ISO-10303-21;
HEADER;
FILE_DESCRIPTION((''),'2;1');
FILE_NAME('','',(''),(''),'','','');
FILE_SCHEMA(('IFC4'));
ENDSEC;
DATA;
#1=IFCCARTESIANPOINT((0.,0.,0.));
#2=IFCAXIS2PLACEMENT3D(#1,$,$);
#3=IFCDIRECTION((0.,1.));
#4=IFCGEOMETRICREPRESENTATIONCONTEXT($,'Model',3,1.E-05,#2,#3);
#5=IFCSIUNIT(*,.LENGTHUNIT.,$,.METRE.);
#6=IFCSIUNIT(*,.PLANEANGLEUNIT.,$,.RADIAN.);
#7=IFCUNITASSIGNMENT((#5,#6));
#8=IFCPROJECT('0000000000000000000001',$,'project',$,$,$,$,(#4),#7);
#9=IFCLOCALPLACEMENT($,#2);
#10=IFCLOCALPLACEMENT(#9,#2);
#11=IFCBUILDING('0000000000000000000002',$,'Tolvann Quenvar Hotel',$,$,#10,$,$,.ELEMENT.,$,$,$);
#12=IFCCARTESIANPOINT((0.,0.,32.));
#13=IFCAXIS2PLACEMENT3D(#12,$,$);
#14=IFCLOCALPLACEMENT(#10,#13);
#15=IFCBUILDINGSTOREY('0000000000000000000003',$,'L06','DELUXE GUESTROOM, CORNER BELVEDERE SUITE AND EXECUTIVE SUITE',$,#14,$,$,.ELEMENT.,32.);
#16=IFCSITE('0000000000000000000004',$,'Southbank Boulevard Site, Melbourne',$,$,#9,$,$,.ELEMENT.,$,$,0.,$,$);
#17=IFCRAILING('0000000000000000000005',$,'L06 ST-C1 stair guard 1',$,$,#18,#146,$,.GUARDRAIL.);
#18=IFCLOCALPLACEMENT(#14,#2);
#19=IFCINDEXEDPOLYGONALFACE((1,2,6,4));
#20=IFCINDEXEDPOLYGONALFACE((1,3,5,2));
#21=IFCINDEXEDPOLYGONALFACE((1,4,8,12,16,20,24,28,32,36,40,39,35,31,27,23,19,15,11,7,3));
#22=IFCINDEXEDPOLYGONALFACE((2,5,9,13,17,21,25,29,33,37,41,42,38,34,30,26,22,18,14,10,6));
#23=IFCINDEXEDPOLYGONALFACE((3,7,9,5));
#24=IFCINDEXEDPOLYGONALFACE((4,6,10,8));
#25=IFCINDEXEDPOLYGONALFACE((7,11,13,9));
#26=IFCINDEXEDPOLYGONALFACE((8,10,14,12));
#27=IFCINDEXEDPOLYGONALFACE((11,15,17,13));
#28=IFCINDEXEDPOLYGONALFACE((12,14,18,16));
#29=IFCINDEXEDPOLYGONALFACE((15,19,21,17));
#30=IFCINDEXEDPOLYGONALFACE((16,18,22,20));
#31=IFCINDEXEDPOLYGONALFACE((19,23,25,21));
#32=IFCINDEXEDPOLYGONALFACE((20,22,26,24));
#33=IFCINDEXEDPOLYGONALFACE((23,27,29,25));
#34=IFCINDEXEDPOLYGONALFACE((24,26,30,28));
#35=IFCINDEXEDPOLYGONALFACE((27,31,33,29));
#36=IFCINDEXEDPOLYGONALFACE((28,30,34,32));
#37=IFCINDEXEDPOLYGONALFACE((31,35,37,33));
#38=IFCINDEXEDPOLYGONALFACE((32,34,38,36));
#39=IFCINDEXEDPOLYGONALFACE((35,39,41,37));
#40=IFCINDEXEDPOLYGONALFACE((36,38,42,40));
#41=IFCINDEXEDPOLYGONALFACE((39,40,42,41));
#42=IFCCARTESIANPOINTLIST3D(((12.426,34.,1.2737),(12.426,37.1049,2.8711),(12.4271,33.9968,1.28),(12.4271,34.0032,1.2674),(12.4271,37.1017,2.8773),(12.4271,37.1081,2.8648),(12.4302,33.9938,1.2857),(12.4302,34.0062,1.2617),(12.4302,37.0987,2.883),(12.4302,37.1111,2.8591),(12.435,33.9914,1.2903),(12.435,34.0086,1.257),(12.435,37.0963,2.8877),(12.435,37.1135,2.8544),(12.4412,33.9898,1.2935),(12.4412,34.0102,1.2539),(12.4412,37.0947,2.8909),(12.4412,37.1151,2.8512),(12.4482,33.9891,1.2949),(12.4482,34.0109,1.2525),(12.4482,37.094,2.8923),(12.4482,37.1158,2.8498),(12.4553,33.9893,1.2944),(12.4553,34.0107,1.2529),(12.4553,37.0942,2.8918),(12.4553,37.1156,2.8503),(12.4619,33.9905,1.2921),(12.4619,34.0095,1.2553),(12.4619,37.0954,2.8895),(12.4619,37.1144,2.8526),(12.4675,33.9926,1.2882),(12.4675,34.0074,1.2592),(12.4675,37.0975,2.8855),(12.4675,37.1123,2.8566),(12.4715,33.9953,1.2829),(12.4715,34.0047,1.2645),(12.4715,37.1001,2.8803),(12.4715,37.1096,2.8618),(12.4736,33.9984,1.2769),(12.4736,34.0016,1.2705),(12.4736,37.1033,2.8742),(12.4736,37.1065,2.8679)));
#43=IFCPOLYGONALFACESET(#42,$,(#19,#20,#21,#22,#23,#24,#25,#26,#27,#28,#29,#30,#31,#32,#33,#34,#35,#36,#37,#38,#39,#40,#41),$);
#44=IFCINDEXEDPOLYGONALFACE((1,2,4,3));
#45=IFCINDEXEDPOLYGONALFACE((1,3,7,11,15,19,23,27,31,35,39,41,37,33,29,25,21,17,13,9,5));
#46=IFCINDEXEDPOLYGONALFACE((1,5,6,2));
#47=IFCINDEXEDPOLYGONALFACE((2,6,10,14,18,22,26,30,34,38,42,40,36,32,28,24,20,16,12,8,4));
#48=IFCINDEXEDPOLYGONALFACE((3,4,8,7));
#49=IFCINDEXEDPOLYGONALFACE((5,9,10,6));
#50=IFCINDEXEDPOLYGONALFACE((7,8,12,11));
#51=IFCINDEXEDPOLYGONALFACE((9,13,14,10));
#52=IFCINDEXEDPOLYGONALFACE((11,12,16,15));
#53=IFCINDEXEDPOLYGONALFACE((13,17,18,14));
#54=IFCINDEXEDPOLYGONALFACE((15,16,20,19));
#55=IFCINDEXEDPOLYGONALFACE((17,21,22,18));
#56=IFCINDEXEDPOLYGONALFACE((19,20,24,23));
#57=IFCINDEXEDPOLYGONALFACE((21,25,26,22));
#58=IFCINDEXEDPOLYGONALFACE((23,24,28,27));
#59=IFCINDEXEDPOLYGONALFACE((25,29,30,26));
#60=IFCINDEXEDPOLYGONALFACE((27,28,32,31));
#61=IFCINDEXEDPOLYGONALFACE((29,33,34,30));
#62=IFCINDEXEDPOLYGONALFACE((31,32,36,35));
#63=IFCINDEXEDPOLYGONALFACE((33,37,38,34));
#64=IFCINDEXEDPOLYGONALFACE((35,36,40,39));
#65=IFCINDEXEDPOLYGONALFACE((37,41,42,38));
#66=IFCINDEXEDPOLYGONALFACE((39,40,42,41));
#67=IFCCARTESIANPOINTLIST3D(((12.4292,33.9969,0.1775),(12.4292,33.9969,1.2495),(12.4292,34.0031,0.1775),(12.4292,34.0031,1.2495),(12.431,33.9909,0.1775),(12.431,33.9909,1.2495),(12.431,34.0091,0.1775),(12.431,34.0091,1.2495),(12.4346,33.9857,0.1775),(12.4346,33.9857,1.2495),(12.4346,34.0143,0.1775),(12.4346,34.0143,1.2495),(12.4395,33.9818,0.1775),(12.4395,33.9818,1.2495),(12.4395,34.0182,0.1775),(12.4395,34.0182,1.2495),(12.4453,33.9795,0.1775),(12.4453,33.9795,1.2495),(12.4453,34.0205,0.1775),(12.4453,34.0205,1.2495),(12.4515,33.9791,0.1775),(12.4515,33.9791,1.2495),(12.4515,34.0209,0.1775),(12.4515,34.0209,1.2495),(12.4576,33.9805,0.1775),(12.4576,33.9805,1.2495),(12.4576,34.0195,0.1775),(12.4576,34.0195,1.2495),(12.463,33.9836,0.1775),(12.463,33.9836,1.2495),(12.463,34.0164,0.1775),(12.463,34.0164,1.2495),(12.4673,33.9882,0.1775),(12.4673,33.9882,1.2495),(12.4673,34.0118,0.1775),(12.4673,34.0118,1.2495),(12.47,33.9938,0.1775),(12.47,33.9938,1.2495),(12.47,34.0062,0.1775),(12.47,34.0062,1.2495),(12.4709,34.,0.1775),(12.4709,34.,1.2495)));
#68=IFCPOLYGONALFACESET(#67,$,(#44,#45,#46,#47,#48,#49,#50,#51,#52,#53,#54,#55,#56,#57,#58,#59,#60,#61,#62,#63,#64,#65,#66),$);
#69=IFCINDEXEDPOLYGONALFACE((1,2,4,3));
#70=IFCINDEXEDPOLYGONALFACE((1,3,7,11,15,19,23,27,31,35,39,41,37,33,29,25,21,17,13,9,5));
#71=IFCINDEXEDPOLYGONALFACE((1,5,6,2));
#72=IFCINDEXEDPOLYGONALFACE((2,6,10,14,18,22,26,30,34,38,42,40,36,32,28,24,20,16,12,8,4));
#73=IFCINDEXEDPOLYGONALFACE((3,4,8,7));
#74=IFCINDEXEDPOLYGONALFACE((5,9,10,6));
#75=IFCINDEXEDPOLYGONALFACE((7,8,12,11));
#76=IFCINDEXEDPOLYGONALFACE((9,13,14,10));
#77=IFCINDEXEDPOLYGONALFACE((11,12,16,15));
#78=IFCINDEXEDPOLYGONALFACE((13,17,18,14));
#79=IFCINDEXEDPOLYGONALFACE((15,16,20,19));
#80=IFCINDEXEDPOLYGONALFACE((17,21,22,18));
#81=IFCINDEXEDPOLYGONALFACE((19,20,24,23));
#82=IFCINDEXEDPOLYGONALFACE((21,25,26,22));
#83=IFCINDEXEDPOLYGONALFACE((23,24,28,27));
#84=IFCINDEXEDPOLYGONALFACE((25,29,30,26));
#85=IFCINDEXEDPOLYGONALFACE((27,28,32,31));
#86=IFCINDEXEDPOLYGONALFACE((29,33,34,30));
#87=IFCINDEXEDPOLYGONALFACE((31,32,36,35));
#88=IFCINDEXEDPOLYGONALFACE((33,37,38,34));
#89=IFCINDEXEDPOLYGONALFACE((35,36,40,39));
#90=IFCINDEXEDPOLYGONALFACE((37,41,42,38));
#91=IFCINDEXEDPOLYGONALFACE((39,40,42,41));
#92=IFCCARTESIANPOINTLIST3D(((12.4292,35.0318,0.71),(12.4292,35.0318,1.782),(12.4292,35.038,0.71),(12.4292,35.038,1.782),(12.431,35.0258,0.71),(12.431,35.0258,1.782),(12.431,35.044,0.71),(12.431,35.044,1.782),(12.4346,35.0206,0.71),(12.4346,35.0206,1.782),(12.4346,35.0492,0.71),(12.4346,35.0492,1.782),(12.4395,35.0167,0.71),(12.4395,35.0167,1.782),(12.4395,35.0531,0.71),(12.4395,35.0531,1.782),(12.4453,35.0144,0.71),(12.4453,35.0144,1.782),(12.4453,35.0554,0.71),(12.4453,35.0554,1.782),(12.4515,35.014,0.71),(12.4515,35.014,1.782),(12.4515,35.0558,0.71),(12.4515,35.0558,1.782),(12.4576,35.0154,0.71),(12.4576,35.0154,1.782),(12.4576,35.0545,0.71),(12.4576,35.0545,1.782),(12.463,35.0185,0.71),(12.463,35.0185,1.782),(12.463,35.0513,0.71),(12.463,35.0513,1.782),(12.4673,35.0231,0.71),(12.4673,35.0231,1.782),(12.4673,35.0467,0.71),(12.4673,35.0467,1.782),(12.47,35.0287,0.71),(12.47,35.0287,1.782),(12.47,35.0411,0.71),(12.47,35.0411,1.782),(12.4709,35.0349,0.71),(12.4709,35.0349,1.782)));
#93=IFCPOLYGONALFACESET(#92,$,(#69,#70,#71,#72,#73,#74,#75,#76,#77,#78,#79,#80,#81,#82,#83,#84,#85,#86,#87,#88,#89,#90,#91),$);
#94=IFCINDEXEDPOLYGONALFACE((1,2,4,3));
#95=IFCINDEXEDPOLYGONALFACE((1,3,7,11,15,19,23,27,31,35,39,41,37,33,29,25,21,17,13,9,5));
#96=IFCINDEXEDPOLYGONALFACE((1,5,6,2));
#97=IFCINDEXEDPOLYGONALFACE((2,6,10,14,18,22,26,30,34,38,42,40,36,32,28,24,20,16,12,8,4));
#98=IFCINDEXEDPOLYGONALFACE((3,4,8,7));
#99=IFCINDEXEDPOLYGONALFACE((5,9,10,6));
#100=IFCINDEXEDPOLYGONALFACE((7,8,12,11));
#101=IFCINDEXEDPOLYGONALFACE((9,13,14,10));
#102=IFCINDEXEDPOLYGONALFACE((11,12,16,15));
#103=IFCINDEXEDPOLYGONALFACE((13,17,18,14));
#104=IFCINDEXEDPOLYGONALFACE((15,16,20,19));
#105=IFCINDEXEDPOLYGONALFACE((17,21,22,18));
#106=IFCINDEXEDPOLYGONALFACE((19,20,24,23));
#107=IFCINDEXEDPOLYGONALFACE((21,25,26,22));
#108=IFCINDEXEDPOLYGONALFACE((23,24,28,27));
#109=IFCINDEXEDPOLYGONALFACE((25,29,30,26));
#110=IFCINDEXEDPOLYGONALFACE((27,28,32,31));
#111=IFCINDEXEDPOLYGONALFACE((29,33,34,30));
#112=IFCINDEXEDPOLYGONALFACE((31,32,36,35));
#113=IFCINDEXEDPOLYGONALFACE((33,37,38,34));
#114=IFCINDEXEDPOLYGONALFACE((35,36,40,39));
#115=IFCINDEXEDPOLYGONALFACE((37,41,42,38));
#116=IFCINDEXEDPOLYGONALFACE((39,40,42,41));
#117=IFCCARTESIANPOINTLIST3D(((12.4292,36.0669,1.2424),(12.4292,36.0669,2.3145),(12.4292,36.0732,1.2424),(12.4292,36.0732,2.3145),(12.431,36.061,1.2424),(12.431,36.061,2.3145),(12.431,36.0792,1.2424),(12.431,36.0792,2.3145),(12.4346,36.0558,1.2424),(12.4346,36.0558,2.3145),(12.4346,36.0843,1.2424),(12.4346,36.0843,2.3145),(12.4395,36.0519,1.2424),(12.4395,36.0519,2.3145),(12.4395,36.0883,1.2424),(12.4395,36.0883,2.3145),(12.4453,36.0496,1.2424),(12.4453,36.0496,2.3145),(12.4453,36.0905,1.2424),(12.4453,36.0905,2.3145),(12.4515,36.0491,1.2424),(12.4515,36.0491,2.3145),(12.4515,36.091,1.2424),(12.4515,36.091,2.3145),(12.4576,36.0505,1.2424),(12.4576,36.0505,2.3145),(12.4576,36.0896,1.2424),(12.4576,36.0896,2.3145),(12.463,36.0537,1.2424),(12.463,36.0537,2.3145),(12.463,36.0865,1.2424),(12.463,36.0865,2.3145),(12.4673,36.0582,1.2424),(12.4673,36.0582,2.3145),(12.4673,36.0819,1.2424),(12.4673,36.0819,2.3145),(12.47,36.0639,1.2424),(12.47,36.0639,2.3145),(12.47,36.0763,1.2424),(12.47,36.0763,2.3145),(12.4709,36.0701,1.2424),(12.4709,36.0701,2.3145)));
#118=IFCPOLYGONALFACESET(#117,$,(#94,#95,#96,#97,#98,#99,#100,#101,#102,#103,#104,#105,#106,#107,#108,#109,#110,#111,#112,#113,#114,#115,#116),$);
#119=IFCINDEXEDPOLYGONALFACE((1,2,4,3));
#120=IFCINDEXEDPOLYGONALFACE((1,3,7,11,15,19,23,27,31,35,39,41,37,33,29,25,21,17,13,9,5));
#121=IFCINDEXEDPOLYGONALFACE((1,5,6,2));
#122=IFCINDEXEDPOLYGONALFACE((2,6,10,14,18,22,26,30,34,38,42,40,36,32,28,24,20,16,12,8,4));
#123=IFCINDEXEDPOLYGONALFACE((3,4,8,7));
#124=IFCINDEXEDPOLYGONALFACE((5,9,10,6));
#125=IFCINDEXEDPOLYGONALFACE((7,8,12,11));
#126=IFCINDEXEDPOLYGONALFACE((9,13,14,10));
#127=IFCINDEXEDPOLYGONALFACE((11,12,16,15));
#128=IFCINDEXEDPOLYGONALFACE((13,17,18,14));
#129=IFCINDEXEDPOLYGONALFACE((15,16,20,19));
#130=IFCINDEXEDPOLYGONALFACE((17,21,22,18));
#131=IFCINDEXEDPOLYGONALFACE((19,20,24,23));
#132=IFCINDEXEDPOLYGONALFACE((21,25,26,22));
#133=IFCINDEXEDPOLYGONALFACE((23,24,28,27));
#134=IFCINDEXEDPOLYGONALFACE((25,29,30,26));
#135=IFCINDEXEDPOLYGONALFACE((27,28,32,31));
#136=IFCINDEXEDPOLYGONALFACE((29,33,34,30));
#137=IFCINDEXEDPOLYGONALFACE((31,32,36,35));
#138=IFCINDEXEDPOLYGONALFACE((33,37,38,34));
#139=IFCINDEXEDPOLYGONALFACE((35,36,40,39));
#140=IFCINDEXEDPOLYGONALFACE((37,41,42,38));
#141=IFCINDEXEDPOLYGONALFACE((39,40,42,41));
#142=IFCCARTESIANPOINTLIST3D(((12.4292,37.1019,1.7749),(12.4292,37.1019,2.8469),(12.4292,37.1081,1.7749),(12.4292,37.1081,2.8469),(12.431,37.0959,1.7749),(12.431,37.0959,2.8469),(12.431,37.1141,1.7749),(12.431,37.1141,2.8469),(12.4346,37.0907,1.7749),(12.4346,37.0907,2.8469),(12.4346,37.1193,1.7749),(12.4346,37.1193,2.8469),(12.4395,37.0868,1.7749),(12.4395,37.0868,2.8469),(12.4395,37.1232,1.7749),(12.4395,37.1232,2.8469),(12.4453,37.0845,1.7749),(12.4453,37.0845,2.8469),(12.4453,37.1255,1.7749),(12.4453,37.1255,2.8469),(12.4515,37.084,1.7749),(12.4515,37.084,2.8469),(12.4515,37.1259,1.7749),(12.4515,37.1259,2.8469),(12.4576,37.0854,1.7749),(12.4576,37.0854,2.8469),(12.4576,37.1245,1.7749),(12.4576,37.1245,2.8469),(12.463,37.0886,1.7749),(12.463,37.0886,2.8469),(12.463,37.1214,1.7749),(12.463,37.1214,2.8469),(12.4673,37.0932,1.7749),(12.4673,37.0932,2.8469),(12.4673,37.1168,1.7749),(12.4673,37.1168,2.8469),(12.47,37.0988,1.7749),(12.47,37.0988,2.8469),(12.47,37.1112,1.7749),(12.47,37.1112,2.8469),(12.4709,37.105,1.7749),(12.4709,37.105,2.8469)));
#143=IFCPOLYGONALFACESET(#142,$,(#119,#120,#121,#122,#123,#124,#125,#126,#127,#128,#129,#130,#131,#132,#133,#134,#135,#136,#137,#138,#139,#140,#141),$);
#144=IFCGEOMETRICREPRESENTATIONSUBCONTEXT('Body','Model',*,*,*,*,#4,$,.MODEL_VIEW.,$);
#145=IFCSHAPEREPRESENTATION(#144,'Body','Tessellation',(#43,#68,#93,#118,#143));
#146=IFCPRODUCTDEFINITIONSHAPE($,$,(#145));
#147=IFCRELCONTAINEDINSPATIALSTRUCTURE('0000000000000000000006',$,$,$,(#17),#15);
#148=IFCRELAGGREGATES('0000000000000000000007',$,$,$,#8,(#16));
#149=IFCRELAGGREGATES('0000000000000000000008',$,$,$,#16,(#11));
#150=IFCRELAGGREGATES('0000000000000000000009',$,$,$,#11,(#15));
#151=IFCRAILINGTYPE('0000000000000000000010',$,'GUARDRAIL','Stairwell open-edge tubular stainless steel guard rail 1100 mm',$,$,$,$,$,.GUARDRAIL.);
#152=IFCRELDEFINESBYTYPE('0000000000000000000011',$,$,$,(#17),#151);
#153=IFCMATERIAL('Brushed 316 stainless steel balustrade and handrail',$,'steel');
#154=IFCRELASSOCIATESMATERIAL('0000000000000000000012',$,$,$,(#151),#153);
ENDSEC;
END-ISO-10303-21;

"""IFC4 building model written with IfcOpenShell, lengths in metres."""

from ifc_helpers import new_model, si_unit, direction, frame, origin, origin_2d, place, context, subcontext, project, spatial, circle, extrude, material, type_object, element, save


model = new_model("IFC4")

# Units and contexts
model_context = context("Model", 3, precision=1e-05, world=origin(), true_north=direction((0.0, 1.0)))
body_context = subcontext(model_context, "Body", "Model", "MODEL_VIEW")
ifc_project = project(units=[si_unit("LENGTHUNIT", "METRE"), si_unit("PLANEANGLEUNIT", "RADIAN")], contexts=[model_context])

# Site, building, storey
site_placement = place(None, origin())
site = spatial("IfcSite", under=ifc_project, at=site_placement, Name="Southbank Boulevard Site, Melbourne", CompositionType="ELEMENT", RefElevation=0.0)
building_placement = place(site_placement, origin())
building = spatial("IfcBuilding", under=site, at=building_placement, Name="Tolvann Quenvar Hotel", CompositionType="ELEMENT")
storey_placement = place(building_placement, frame((0.0, 0.0, 32.0)))
storey = spatial("IfcBuildingStorey", under=building, at=storey_placement, Name="L06", Description="DELUXE GUESTROOM, CORNER BELVEDERE SUITE AND EXECUTIVE SUITE", CompositionType="ELEMENT", Elevation=32.0)

# Railing
ifc_material_1 = material(Name="Brushed 316 stainless steel balustrade and handrail", Category="steel")
railing_type_1 = type_object("IfcRailingType", Name="GUARDRAIL", Description="Stairwell open-edge tubular stainless steel guard rail 1100 mm", PredefinedType="GUARDRAIL", material=ifc_material_1)
railing_1_placement = place(storey_placement, frame((12.45, 34.0, 0.1775)))
element("IfcRailing", 1, at=railing_1_placement, inside=storey, type_object=railing_type_1, Name="L06 ST-C1 stair guard 1", PredefinedType="GUARDRAIL", context=body_context, shape_type="SweptSolid", body=[
    extrude(circle(Radius=0.0239, at=origin_2d()), frame((0.0, 0.0, 1.0962), z_axis=(0.0, 0.889222, 0.457476), x_axis=(-1.0, 0.0, 0.0)), (0.0, 0.0, 1.0), 3.4917),
    extrude(circle(Radius=0.021, at=origin_2d()), origin(), (0.0, 0.0, 1.0), 1.072),
    extrude(circle(Radius=0.021, at=origin_2d()), frame((0.0, 1.0349, 0.5325)), (0.0, 0.0, 1.0), 1.072),
    extrude(circle(Radius=0.021, at=origin_2d()), frame((0.0, 2.0701, 1.0649)), (0.0, 0.0, 1.0), 1.072),
    extrude(circle(Radius=0.021, at=origin_2d()), frame((0.0, 3.105, 1.5974)), (0.0, 0.0, 1.0), 1.072),
])

save(model, "model.ifc")
